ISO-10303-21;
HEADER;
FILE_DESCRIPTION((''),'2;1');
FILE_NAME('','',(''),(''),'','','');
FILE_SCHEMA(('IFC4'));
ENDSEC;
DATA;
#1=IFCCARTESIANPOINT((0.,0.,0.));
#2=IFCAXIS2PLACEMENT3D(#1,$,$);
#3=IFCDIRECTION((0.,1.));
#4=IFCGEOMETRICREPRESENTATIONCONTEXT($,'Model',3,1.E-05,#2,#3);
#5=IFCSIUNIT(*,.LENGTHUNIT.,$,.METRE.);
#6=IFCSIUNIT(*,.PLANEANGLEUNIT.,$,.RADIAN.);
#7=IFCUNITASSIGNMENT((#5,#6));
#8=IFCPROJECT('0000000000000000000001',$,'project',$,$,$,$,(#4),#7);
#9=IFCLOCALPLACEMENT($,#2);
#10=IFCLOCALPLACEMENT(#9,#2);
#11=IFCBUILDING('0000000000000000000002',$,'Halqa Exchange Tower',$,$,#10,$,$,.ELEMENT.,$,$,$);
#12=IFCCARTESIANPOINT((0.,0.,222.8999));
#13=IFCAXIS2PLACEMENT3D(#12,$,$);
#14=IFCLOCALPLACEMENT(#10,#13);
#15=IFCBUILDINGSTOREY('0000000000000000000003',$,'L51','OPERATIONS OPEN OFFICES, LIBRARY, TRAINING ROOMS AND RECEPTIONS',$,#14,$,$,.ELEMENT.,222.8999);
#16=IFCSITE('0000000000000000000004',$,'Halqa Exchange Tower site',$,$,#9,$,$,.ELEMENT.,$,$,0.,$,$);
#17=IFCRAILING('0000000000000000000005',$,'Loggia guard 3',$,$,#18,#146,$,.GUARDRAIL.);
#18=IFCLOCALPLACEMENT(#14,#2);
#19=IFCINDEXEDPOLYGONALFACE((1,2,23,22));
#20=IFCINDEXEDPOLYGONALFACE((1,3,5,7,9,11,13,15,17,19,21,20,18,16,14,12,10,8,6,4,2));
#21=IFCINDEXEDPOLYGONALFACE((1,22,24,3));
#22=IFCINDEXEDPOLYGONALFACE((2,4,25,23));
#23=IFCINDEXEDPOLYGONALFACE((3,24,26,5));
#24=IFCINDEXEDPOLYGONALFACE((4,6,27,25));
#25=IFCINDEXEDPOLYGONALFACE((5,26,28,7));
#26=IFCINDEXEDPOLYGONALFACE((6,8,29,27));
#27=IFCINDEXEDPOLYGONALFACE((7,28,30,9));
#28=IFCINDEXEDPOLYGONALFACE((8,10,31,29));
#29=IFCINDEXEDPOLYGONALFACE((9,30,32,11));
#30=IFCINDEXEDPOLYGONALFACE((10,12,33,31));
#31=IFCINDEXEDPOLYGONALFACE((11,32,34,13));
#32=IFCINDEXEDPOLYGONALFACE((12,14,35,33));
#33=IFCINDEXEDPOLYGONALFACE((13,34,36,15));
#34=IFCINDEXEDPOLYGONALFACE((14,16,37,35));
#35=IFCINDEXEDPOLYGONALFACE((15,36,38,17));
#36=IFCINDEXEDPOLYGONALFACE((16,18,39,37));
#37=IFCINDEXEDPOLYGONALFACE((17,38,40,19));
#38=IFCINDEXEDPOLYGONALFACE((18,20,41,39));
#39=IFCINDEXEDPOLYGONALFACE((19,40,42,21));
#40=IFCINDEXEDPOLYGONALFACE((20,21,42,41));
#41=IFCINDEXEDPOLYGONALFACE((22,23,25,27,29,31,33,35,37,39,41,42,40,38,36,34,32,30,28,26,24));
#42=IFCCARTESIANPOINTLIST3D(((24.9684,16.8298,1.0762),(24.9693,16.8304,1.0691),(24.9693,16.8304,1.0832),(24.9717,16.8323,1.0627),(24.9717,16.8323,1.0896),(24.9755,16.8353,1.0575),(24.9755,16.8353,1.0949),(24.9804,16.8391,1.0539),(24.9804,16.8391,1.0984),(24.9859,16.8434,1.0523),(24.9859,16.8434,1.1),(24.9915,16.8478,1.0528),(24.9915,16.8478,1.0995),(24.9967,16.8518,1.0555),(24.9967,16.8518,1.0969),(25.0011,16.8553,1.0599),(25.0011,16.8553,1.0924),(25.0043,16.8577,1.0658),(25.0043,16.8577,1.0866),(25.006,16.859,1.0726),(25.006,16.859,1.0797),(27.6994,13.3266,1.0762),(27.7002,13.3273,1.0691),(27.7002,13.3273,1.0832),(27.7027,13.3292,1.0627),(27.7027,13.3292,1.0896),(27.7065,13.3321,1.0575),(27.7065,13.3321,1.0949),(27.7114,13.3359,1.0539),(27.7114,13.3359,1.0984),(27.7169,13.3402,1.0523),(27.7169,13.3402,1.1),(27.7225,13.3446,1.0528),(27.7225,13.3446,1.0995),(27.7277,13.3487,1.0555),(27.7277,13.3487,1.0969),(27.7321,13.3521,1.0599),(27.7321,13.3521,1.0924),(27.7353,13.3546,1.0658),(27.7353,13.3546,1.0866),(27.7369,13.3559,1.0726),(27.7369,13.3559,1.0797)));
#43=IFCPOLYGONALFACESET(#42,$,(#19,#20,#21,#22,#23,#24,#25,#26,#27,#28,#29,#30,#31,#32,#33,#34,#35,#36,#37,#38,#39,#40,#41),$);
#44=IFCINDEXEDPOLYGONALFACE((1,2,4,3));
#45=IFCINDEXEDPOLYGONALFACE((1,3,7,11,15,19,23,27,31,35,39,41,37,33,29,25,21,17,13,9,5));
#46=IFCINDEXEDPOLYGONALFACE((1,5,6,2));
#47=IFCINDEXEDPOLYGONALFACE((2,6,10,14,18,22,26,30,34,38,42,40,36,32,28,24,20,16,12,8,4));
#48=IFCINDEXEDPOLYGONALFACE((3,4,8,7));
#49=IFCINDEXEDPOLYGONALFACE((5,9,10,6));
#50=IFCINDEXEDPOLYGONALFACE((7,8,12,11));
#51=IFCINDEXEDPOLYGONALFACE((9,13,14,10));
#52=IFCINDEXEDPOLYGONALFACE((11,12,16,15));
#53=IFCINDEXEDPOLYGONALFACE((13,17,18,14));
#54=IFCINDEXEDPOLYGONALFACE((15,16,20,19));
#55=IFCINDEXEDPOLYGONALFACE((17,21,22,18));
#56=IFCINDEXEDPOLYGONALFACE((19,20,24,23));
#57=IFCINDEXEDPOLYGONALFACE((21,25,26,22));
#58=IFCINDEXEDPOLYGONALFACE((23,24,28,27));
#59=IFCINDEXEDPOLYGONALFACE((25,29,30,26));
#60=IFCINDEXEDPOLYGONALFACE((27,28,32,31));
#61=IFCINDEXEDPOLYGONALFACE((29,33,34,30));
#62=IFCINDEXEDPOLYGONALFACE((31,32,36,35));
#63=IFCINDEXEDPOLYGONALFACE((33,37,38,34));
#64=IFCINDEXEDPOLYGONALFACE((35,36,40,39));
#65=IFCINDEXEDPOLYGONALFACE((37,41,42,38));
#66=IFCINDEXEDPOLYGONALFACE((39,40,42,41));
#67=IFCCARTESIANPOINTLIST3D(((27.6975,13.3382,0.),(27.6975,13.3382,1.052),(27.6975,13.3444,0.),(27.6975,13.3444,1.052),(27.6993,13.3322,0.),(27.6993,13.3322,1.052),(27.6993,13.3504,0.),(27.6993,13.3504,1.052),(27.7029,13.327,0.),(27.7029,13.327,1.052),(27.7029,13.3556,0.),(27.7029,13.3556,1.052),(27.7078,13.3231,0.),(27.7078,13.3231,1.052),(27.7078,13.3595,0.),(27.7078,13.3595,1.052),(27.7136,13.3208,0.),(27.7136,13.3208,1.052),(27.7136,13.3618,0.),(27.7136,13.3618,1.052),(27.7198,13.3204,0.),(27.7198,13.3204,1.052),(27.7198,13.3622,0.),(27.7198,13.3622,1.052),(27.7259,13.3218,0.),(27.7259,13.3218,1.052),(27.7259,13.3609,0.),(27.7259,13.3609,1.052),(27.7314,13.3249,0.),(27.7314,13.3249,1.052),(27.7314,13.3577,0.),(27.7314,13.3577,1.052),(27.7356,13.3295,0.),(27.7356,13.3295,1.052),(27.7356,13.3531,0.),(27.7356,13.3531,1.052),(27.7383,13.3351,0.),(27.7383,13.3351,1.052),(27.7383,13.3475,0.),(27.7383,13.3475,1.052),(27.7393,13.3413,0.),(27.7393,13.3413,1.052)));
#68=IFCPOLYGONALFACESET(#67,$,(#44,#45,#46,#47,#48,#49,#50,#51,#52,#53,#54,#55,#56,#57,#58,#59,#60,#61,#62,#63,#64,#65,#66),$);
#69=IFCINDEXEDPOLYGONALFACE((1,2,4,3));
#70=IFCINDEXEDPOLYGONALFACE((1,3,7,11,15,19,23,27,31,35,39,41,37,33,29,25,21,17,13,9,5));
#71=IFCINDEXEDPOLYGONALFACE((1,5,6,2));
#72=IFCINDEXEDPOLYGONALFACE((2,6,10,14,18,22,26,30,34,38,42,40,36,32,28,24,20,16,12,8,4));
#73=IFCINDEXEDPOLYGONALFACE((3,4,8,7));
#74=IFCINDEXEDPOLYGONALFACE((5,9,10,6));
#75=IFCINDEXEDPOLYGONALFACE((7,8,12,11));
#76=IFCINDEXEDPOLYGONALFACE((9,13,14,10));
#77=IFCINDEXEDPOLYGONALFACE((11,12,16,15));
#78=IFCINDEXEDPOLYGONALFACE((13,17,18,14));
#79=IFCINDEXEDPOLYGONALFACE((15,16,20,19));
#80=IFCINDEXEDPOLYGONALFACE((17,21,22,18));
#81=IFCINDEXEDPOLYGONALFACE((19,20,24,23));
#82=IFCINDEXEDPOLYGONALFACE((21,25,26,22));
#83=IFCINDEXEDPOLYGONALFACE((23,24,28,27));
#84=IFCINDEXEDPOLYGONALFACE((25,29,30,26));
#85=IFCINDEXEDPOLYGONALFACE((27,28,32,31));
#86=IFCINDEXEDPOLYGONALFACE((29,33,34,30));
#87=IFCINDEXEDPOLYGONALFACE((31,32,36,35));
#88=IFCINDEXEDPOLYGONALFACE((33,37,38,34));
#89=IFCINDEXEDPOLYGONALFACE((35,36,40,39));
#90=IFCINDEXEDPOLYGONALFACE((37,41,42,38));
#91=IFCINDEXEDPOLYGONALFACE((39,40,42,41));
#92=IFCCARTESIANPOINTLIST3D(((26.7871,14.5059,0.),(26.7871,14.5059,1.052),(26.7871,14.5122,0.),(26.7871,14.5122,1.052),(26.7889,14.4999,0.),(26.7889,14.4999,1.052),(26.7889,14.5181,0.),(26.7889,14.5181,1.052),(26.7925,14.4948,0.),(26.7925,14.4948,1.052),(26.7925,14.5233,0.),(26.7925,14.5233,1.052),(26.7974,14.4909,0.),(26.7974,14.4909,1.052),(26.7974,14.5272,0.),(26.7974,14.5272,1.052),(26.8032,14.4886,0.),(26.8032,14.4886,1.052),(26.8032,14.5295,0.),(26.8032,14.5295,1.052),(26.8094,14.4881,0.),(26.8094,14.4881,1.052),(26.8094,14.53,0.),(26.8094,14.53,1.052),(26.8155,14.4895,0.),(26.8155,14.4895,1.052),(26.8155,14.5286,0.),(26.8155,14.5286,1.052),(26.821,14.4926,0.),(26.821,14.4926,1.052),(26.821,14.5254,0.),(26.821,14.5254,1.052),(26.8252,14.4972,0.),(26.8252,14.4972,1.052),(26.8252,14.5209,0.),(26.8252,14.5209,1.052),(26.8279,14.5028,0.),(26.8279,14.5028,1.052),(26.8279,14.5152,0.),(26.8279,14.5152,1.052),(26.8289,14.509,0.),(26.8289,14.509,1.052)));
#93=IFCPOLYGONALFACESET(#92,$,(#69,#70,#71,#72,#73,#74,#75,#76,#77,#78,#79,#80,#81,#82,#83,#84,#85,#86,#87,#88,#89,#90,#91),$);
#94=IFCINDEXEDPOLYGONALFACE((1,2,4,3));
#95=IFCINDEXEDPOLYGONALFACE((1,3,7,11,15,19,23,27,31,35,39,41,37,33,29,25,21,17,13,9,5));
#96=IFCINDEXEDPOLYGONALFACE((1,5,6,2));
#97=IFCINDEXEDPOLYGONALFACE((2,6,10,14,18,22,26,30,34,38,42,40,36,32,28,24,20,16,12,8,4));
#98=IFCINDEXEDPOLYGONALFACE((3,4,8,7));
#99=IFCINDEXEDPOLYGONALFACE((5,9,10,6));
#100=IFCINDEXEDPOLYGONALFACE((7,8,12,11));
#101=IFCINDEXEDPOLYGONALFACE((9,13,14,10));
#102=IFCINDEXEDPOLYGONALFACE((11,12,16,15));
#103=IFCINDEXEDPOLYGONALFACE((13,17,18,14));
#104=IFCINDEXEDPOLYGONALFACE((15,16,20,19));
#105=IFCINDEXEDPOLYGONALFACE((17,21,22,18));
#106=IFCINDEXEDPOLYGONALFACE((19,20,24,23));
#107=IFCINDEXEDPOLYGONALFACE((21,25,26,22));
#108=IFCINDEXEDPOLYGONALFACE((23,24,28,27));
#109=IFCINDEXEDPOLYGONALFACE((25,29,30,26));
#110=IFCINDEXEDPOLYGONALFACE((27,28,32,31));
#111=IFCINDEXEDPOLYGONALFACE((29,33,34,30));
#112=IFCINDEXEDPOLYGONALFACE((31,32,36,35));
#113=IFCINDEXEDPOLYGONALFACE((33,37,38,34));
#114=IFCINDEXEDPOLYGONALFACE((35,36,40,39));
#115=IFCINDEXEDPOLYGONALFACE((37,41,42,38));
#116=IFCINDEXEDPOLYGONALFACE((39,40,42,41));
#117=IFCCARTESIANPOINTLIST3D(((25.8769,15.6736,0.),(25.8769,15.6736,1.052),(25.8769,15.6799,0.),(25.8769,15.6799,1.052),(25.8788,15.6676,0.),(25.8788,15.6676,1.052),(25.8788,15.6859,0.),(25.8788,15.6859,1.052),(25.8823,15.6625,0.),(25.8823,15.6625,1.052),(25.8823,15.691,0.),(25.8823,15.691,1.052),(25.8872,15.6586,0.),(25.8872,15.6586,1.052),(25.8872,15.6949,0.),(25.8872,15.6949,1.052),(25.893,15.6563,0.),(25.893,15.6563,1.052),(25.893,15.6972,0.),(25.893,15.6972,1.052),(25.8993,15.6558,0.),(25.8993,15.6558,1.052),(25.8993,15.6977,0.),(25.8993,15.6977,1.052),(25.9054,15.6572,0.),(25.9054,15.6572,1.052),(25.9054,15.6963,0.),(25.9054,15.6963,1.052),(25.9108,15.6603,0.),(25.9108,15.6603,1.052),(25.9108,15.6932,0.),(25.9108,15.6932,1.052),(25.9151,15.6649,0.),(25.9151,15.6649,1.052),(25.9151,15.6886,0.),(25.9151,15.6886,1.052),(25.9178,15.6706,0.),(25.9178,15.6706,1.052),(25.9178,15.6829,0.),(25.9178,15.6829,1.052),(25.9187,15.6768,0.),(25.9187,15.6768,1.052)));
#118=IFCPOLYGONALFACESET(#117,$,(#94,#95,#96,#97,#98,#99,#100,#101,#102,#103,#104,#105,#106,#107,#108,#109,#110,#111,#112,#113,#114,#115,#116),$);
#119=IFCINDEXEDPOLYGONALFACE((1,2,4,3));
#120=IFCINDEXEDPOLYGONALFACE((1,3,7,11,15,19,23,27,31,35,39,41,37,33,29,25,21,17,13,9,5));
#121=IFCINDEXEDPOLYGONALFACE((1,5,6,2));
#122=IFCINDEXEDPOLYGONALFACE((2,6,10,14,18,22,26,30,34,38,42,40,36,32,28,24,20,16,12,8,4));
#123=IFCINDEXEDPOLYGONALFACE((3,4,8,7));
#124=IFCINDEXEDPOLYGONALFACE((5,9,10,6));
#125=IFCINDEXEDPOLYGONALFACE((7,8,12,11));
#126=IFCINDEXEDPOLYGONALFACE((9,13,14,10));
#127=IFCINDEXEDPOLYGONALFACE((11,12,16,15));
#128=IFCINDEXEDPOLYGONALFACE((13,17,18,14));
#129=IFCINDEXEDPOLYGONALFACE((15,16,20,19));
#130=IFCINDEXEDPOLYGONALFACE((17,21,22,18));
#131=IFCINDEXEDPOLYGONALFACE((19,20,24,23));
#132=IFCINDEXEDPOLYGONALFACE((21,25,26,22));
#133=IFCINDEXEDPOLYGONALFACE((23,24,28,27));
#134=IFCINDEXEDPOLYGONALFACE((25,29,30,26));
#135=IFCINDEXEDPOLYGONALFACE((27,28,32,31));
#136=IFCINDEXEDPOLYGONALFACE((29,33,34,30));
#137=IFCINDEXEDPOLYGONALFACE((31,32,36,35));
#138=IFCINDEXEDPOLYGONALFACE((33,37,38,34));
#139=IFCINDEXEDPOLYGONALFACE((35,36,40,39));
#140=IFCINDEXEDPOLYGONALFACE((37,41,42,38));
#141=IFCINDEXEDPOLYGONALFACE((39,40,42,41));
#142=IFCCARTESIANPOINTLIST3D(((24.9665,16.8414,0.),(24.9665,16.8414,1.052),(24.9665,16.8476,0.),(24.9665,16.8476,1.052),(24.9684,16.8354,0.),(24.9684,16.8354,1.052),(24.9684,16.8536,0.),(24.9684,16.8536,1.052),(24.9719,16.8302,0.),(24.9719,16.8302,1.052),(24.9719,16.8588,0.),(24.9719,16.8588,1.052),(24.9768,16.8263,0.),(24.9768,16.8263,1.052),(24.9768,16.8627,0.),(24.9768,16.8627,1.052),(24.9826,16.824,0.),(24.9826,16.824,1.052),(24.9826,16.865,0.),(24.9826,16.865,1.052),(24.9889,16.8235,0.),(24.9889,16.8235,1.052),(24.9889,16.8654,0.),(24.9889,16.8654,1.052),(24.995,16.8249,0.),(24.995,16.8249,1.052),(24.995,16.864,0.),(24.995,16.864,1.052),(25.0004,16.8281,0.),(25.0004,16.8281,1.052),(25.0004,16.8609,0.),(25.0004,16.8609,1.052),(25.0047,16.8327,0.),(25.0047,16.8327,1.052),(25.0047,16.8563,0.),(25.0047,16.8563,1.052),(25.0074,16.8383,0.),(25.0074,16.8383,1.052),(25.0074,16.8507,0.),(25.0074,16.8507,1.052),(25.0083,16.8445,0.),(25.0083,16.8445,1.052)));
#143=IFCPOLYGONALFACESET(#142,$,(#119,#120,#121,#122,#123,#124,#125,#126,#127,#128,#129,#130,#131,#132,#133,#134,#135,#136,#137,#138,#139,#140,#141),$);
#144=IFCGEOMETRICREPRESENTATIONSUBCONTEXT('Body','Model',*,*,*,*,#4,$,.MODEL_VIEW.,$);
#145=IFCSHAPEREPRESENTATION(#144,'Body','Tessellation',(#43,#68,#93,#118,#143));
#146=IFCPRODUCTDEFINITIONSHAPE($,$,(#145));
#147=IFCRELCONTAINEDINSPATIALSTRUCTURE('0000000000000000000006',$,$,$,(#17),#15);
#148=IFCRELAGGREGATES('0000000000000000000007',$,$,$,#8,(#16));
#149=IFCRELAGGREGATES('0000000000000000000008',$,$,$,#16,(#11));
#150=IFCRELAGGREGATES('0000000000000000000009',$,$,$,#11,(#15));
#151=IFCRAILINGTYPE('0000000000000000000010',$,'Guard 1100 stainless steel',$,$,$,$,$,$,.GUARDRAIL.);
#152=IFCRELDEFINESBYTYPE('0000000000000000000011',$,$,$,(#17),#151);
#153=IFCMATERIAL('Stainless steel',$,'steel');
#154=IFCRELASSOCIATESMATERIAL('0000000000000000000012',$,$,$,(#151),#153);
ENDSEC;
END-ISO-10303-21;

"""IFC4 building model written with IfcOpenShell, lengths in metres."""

from ifc_helpers import new_model, si_unit, direction, frame, origin, origin_2d, place, context, subcontext, project, spatial, circle, extrude, material, type_object, element, save


model = new_model("IFC4")

# Units and contexts
model_context = context("Model", 3, precision=1e-05, world=origin(), true_north=direction((0.0, 1.0)))
body_context = subcontext(model_context, "Body", "Model", "MODEL_VIEW")
ifc_project = project(units=[si_unit("LENGTHUNIT", "METRE"), si_unit("PLANEANGLEUNIT", "RADIAN")], contexts=[model_context])

# Site, building, storey
site_placement = place(None, origin())
site = spatial("IfcSite", under=ifc_project, at=site_placement, Name="Halqa Exchange Tower site", CompositionType="ELEMENT", RefElevation=0.0)
building_placement = place(site_placement, origin())
building = spatial("IfcBuilding", under=site, at=building_placement, Name="Halqa Exchange Tower", CompositionType="ELEMENT")
storey_placement = place(building_placement, frame((0.0, 0.0, 222.8999)))
storey = spatial("IfcBuildingStorey", under=building, at=storey_placement, Name="L51", Description="OPERATIONS OPEN OFFICES, LIBRARY, TRAINING ROOMS AND RECEPTIONS", CompositionType="ELEMENT", Elevation=222.8999)

# Railing
ifc_material_1 = material(Name="Stainless steel", Category="steel")
railing_type = type_object("IfcRailingType", Name="Guard 1100 stainless steel", PredefinedType="GUARDRAIL", material=ifc_material_1)
railing_1_placement = place(storey_placement, frame((27.7183, 13.3413, 0.0)))
element("IfcRailing", 1, at=railing_1_placement, inside=storey, type_object=railing_type, Name="Loggia guard 3", PredefinedType="GUARDRAIL", context=body_context, shape_type="SweptSolid", body=[
    extrude(circle(Radius=0.0239, at=origin_2d()), frame((0.0, 0.0, 1.0762), z_axis=(-0.614819, 0.788668, 0.0), x_axis=(-0.788668, -0.614819, 0.0)), (0.0, 0.0, 1.0), 4.4419),
    extrude(circle(Radius=0.021, at=origin_2d()), origin(), (0.0, 0.0, 1.0), 1.052),
    extrude(circle(Radius=0.021, at=origin_2d()), frame((-0.9104, 1.1677, 0.0)), (0.0, 0.0, 1.0), 1.052),
    extrude(circle(Radius=0.021, at=origin_2d()), frame((-1.8206, 2.3354, 0.0)), (0.0, 0.0, 1.0), 1.052),
    extrude(circle(Radius=0.021, at=origin_2d()), frame((-2.731, 3.5032, 0.0)), (0.0, 0.0, 1.0), 1.052),
])

save(model, "model.ifc")
